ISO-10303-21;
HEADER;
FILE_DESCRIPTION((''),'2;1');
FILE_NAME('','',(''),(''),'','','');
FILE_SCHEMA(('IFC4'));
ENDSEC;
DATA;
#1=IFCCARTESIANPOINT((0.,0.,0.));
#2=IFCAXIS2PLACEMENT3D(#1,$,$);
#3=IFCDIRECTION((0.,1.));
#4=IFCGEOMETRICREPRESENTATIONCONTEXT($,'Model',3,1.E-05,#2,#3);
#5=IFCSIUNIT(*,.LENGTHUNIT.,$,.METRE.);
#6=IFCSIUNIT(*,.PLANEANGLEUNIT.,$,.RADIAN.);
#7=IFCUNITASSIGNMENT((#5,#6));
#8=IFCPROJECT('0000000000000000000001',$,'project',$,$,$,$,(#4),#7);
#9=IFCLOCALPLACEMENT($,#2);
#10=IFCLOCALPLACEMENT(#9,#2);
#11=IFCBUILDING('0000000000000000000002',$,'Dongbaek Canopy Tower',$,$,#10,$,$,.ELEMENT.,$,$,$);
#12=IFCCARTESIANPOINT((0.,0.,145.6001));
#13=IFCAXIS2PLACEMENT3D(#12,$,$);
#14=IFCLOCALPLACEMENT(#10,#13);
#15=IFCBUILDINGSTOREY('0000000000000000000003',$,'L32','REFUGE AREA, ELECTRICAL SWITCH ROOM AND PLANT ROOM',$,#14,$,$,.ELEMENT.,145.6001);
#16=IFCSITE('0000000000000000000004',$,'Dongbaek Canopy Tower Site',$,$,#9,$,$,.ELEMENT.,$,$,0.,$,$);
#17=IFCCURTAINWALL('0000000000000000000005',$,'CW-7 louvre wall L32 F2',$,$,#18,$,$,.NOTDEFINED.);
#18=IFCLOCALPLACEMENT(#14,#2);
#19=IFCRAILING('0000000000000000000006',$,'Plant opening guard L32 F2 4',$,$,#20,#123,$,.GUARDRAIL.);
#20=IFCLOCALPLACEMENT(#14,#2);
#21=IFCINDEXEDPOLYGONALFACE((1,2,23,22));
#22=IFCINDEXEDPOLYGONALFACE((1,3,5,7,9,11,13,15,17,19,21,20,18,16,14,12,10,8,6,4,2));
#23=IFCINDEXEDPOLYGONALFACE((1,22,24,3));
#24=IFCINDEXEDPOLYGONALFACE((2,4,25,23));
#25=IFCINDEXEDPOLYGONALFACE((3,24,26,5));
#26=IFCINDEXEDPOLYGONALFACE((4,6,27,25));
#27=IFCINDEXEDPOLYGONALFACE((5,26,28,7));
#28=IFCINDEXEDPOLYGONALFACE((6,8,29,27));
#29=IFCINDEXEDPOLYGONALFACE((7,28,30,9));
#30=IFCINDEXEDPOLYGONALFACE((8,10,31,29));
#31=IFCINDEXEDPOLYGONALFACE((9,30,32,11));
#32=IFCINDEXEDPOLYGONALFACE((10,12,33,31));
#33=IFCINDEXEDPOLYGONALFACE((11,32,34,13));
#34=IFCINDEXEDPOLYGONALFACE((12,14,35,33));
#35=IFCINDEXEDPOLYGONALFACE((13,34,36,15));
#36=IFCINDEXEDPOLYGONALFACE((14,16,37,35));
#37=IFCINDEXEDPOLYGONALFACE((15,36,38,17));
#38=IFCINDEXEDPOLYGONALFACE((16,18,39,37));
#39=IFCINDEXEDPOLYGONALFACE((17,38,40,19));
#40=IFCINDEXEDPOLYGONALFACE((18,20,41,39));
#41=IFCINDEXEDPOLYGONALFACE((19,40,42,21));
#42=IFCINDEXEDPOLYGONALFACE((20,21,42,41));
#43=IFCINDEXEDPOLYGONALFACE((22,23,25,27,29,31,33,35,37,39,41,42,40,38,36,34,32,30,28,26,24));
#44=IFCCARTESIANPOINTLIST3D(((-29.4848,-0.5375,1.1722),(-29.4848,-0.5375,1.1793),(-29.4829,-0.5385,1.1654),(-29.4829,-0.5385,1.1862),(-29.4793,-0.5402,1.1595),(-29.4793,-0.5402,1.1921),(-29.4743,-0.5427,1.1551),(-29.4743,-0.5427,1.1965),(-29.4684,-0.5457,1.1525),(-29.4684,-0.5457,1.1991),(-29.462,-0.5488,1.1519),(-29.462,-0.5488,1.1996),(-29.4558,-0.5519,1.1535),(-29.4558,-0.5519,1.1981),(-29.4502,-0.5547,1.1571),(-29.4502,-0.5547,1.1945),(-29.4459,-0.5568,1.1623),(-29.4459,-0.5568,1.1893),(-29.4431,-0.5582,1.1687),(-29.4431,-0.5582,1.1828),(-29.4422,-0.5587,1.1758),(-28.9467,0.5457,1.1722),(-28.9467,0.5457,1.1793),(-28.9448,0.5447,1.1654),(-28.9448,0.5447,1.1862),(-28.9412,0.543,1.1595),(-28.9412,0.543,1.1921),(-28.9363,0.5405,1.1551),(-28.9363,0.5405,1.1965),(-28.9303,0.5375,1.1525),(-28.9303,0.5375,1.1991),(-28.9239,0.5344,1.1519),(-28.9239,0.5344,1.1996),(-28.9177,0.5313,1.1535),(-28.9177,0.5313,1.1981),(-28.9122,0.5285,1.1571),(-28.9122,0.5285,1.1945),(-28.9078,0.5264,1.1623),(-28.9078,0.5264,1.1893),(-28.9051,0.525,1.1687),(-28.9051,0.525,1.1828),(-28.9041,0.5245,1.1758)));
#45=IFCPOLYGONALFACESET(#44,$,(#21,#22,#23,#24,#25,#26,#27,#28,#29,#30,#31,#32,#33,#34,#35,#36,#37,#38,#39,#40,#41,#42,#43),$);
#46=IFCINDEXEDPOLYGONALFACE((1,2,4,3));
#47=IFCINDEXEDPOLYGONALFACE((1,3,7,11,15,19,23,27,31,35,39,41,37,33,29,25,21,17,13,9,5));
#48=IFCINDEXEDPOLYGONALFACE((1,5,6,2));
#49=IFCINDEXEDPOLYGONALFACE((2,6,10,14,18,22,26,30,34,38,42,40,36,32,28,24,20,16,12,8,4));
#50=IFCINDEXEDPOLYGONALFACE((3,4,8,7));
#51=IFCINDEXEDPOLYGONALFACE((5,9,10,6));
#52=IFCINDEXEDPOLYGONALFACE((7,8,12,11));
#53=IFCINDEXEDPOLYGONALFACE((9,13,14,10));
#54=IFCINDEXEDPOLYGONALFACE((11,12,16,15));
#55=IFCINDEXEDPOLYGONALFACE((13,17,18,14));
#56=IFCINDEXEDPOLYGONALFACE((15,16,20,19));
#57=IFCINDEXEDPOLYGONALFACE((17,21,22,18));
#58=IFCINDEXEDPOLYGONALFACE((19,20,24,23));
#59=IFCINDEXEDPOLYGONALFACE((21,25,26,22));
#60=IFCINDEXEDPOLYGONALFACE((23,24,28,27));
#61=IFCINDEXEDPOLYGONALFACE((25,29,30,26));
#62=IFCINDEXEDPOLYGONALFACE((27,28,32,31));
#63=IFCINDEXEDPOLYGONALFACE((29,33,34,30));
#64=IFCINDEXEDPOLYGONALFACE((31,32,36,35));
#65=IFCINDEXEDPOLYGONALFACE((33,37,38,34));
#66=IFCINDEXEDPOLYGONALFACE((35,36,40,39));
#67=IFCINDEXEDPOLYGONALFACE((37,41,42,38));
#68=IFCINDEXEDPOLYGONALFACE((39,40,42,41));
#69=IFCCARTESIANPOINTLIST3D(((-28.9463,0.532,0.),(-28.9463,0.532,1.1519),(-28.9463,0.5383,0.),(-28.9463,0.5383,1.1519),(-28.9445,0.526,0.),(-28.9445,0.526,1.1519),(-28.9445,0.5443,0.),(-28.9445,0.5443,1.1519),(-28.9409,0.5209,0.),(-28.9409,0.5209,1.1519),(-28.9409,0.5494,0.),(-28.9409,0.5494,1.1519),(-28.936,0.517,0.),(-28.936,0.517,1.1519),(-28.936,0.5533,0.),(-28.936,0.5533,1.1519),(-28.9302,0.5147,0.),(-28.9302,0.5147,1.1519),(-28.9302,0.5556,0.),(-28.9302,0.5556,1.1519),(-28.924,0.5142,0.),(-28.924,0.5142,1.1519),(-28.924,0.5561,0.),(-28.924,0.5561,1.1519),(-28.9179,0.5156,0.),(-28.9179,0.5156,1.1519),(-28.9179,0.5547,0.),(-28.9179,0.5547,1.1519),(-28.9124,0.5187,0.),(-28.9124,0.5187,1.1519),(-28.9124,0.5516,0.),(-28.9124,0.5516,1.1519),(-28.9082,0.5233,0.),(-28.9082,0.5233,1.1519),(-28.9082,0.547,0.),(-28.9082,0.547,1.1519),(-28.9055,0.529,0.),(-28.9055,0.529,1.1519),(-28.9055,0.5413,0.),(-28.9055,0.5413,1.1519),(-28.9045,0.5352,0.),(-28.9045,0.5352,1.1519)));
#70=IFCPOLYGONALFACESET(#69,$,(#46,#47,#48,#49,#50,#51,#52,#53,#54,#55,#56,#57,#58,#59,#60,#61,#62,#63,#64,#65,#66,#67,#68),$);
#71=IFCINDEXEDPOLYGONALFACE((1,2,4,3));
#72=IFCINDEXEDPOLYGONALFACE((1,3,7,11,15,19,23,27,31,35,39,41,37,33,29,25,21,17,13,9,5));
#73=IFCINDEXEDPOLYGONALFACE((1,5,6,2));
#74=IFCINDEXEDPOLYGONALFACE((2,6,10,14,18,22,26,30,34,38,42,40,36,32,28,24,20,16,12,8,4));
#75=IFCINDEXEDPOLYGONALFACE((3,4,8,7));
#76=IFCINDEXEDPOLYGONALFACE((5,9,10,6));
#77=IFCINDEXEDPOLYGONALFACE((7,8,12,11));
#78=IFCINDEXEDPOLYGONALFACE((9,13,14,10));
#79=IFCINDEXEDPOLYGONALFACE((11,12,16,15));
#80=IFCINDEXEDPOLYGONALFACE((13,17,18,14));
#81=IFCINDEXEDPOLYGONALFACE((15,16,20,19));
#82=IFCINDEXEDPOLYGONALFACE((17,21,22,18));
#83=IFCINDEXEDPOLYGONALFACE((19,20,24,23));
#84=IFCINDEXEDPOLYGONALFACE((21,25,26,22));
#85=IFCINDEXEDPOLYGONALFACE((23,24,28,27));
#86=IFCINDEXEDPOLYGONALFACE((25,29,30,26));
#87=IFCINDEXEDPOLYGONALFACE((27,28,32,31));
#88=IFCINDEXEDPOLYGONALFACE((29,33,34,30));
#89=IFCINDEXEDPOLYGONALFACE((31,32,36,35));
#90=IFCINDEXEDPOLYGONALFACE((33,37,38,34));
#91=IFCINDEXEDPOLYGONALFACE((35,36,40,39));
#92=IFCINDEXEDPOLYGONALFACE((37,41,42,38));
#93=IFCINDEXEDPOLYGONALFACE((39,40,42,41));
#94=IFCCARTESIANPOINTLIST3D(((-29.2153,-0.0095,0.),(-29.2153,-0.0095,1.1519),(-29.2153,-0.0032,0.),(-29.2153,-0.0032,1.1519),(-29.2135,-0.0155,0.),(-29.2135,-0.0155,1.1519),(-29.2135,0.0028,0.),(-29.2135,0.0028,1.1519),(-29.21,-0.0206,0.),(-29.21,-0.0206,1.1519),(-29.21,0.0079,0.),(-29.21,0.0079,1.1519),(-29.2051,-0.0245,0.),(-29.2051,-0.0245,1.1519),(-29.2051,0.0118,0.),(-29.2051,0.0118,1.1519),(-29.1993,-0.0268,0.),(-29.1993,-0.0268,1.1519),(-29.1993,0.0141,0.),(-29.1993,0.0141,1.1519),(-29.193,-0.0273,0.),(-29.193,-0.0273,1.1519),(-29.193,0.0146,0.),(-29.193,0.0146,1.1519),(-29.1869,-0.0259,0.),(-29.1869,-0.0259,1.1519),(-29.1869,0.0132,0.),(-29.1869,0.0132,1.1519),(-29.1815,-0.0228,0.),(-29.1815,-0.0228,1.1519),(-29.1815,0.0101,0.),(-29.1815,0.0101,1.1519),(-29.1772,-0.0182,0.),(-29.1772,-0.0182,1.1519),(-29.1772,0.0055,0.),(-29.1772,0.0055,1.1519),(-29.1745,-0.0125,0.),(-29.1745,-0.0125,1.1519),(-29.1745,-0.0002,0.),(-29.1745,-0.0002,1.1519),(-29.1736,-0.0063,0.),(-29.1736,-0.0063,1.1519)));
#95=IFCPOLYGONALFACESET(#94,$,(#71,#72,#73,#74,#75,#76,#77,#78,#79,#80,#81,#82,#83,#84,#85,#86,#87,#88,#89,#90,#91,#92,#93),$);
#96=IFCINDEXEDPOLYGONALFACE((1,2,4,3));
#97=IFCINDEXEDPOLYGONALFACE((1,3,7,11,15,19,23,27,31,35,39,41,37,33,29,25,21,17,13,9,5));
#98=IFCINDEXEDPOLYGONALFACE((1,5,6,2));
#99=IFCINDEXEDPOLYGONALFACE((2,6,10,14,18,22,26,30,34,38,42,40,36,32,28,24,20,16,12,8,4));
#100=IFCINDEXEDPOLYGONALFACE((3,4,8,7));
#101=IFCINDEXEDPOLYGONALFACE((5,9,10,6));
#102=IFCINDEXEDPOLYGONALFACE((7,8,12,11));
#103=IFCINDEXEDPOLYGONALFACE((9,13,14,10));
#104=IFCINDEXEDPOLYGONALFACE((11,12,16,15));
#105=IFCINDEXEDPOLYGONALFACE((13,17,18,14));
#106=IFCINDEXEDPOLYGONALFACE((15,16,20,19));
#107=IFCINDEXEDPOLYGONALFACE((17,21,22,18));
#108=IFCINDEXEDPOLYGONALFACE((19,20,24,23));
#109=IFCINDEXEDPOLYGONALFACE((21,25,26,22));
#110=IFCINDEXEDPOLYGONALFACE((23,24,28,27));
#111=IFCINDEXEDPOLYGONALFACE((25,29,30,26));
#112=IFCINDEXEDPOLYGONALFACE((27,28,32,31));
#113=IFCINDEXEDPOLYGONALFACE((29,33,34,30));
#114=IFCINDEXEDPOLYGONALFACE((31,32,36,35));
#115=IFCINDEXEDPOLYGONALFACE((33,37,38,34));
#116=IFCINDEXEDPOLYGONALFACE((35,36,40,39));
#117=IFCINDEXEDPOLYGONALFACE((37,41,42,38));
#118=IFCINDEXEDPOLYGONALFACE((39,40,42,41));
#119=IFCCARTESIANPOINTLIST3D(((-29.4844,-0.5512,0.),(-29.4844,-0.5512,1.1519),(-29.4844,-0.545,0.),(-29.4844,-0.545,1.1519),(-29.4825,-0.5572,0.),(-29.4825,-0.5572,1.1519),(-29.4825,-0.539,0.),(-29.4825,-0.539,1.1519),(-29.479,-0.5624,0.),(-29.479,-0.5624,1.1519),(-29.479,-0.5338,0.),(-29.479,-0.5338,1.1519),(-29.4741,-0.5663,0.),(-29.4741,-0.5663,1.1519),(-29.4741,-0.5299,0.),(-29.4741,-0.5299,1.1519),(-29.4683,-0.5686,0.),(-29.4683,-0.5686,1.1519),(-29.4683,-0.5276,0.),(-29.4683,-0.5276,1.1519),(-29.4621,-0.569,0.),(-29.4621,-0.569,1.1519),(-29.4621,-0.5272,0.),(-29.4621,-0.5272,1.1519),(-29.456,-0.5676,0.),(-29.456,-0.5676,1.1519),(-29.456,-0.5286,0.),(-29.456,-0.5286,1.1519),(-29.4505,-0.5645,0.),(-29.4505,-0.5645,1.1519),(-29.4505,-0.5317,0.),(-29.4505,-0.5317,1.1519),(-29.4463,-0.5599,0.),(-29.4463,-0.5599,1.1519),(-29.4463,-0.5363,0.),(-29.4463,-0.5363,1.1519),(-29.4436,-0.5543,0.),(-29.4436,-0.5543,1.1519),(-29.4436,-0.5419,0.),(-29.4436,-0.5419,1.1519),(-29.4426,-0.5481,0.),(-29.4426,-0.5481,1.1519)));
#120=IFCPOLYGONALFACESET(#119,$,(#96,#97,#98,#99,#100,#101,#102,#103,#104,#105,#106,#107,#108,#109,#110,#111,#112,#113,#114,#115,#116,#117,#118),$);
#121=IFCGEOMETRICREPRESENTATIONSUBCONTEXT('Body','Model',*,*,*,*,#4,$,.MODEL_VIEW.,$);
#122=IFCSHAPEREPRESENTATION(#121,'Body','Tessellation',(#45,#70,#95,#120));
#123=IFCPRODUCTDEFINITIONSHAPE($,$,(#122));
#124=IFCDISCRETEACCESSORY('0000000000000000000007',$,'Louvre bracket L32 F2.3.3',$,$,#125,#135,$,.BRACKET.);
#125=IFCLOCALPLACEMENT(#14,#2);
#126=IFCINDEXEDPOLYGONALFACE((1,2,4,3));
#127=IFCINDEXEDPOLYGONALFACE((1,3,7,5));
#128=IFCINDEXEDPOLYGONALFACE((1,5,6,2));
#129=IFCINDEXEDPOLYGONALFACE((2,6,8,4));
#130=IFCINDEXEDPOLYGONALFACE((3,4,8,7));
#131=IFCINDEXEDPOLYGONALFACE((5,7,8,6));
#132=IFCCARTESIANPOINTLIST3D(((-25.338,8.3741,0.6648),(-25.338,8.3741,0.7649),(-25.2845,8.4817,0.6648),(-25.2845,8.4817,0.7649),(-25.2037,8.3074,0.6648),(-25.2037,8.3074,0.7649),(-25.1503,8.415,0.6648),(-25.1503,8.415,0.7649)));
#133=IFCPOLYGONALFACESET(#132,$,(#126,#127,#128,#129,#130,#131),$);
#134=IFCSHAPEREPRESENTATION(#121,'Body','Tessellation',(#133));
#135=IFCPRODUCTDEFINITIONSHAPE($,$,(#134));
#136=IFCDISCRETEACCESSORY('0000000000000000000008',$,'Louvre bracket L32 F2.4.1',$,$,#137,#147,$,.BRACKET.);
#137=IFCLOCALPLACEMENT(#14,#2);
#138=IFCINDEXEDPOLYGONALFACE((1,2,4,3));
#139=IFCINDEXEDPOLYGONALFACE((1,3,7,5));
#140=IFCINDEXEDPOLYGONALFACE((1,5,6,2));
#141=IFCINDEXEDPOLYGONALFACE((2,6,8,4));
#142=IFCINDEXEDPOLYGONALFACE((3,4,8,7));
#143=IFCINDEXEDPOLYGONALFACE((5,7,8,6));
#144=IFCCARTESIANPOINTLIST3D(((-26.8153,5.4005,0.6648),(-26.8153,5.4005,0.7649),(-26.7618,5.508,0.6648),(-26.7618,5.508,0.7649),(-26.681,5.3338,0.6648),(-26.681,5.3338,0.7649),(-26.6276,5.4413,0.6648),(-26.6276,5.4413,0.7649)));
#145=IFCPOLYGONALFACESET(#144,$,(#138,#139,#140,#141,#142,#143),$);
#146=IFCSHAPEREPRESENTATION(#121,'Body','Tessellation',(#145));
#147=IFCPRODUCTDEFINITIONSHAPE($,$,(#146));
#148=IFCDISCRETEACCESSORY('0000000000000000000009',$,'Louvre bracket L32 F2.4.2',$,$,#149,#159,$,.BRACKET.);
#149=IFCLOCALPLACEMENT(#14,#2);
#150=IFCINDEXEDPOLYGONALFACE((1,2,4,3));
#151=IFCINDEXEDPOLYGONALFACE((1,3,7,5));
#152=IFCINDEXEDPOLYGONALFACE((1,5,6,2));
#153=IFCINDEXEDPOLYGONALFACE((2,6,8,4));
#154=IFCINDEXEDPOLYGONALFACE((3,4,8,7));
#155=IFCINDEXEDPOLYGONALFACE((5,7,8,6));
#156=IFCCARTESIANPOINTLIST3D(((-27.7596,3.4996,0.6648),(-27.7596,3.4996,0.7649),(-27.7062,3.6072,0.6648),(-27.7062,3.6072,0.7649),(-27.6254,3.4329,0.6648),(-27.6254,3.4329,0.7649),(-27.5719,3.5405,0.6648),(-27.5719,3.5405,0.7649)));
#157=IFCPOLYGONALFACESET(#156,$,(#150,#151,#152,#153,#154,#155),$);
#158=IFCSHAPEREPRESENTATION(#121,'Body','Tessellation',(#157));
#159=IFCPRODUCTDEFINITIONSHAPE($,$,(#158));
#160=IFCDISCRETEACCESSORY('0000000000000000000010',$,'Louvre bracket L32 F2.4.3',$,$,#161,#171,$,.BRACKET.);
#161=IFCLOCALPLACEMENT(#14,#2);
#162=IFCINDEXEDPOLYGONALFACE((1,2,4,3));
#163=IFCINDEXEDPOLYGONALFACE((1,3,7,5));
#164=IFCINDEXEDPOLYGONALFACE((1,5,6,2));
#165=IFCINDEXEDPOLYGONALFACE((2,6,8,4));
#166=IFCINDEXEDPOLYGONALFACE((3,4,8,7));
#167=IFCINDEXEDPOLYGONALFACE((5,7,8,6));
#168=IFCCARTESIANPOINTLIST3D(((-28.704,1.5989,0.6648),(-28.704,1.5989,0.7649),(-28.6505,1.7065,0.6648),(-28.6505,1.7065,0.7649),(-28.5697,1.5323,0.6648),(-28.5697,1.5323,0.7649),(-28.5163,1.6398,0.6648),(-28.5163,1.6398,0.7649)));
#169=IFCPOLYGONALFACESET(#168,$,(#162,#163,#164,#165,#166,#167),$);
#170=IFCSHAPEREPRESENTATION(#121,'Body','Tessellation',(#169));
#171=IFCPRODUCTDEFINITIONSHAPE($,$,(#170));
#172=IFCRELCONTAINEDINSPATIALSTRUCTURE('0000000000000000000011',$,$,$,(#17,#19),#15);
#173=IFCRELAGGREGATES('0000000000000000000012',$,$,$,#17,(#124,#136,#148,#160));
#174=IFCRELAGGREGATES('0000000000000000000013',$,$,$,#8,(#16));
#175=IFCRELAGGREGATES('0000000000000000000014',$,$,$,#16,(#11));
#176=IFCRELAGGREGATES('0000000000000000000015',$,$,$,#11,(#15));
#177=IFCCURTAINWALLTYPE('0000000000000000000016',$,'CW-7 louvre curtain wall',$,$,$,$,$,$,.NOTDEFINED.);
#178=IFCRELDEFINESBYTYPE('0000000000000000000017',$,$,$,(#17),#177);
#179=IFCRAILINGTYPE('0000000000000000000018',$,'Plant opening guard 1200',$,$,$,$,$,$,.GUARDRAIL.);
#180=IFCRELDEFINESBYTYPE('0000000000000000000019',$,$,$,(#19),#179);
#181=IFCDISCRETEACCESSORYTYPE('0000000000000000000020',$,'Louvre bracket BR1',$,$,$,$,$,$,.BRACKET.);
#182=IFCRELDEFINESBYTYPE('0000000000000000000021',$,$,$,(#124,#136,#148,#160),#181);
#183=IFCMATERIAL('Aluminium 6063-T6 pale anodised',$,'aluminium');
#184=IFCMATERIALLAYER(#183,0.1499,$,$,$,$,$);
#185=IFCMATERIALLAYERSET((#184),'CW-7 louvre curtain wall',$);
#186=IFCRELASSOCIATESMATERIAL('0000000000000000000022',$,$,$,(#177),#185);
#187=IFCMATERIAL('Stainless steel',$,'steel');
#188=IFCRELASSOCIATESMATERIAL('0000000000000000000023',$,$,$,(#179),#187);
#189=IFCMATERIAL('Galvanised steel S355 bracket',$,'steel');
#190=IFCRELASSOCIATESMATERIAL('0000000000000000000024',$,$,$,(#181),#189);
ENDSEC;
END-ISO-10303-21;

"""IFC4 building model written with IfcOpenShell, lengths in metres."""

from ifc_helpers import new_model, si_unit, direction, frame, origin, origin_2d, place, context, subcontext, project, spatial, rectangle, circle, extrude, material, layer, layer_set, type_object, element, aggregate, save


model = new_model("IFC4")

# Units and contexts
model_context = context("Model", 3, precision=1e-05, world=origin(), true_north=direction((0.0, 1.0)))
body_context = subcontext(model_context, "Body", "Model", "MODEL_VIEW")
ifc_project = project(units=[si_unit("LENGTHUNIT", "METRE"), si_unit("PLANEANGLEUNIT", "RADIAN")], contexts=[model_context])

# Site, building, storey
site_placement = place(None, origin())
site = spatial("IfcSite", under=ifc_project, at=site_placement, Name="Dongbaek Canopy Tower Site", CompositionType="ELEMENT", RefElevation=0.0)
building_placement = place(site_placement, origin())
building = spatial("IfcBuilding", under=site, at=building_placement, Name="Dongbaek Canopy Tower", CompositionType="ELEMENT")
storey_placement = place(building_placement, frame((0.0, 0.0, 145.6001)))
storey = spatial("IfcBuildingStorey", under=building, at=storey_placement, Name="L32", Description="REFUGE AREA, ELECTRICAL SWITCH ROOM AND PLANT ROOM", CompositionType="ELEMENT", Elevation=145.6001)

# Curtain wall
ifc_material_1 = material(Name="Aluminium 6063-T6 pale anodised", Category="aluminium")
ifc_layer_1 = layer(ifc_material_1, 0.1499)
ifc_layer_set_1 = layer_set([ifc_layer_1], Name="CW-7 louvre curtain wall")
curtain_wall_type = type_object("IfcCurtainWallType", Name="CW-7 louvre curtain wall", PredefinedType="NOTDEFINED", material=ifc_layer_set_1)
curtain_wall_placement = place(storey_placement, origin())
curtain_wall = element("IfcCurtainWall", 1, at=curtain_wall_placement, inside=storey, type_object=curtain_wall_type, Name="CW-7 louvre wall L32 F2", PredefinedType="NOTDEFINED")

# Railing
ifc_material_2 = material(Name="Stainless steel", Category="steel")
railing_type = type_object("IfcRailingType", Name="Plant opening guard 1200", PredefinedType="GUARDRAIL", material=ifc_material_2)
railing_1_placement = place(storey_placement, frame((-28.9255, 0.5352, 0.0)))
element("IfcRailing", 2, at=railing_1_placement, inside=storey, type_object=railing_type, Name="Plant opening guard L32 F2 4", PredefinedType="GUARDRAIL", context=body_context, shape_type="SweptSolid", body=[
    extrude(circle(Radius=0.0239, at=origin_2d()), frame((0.0, 0.0, 1.1758), z_axis=(-0.444871, -0.895595, 0.0), x_axis=(0.895595, -0.444871, 0.0)), (0.0, 0.0, 1.0), 1.2095),
    extrude(circle(Radius=0.021, at=origin_2d()), origin(), (0.0, 0.0, 1.0), 1.1519),
    extrude(circle(Radius=0.021, at=origin_2d()), frame((-0.269, -0.5415, 0.0)), (0.0, 0.0, 1.0), 1.1519),
    extrude(circle(Radius=0.021, at=origin_2d()), frame((-0.5381, -1.0833, 0.0)), (0.0, 0.0, 1.0), 1.1519),
])

# Discrete accessories
ifc_material_3 = material(Name="Galvanised steel S355 bracket", Category="steel")
discrete_accessory_type = type_object("IfcDiscreteAccessoryType", Name="Louvre bracket BR1", PredefinedType="BRACKET", material=ifc_material_3)
discrete_accessory_1_placement = place(storey_placement, frame((-25.2441, 8.3945, 0.6648), z_axis=(0.0, 0.0, 1.0), x_axis=(-0.444929, -0.895566, 0.0)))
discrete_accessory_1 = element("IfcDiscreteAccessory", 3, at=discrete_accessory_1_placement, type_object=discrete_accessory_type, Name="Louvre bracket L32 F2.3.3", PredefinedType="BRACKET", context=body_context, shape_type="SweptSolid", body=[
    extrude(rectangle(XDim=0.1201, YDim=0.1499, at=origin_2d()), origin(), (0.0, 0.0, 1.0), 0.1001),
])
discrete_accessory_2_placement = place(storey_placement, frame((-26.7214, 5.4209, 0.6648), z_axis=(0.0, 0.0, 1.0), x_axis=(-0.444929, -0.895566, 0.0)))
discrete_accessory_2 = element("IfcDiscreteAccessory", 4, at=discrete_accessory_2_placement, type_object=discrete_accessory_type, Name="Louvre bracket L32 F2.4.1", PredefinedType="BRACKET", context=body_context, shape_type="SweptSolid", body=[
    extrude(rectangle(XDim=0.1201, YDim=0.1499, at=origin_2d()), origin(), (0.0, 0.0, 1.0), 0.1001),
])
discrete_accessory_3_placement = place(storey_placement, frame((-27.6658, 3.52, 0.6648), z_axis=(0.0, 0.0, 1.0), x_axis=(-0.444929, -0.895566, 0.0)))
discrete_accessory_3 = element("IfcDiscreteAccessory", 5, at=discrete_accessory_3_placement, type_object=discrete_accessory_type, Name="Louvre bracket L32 F2.4.2", PredefinedType="BRACKET", context=body_context, shape_type="SweptSolid", body=[
    extrude(rectangle(XDim=0.1201, YDim=0.1499, at=origin_2d()), origin(), (0.0, 0.0, 1.0), 0.1001),
])
discrete_accessory_4_placement = place(storey_placement, frame((-28.6101, 1.6194, 0.6648), z_axis=(0.0, 0.0, 1.0), x_axis=(-0.444929, -0.895566, 0.0)))
discrete_accessory_4 = element("IfcDiscreteAccessory", 6, at=discrete_accessory_4_placement, type_object=discrete_accessory_type, Name="Louvre bracket L32 F2.4.3", PredefinedType="BRACKET", context=body_context, shape_type="SweptSolid", body=[
    extrude(rectangle(XDim=0.1201, YDim=0.1499, at=origin_2d()), origin(), (0.0, 0.0, 1.0), 0.1001),
])
aggregate(curtain_wall, [discrete_accessory_1, discrete_accessory_2, discrete_accessory_3, discrete_accessory_4])

save(model, "model.ifc")
